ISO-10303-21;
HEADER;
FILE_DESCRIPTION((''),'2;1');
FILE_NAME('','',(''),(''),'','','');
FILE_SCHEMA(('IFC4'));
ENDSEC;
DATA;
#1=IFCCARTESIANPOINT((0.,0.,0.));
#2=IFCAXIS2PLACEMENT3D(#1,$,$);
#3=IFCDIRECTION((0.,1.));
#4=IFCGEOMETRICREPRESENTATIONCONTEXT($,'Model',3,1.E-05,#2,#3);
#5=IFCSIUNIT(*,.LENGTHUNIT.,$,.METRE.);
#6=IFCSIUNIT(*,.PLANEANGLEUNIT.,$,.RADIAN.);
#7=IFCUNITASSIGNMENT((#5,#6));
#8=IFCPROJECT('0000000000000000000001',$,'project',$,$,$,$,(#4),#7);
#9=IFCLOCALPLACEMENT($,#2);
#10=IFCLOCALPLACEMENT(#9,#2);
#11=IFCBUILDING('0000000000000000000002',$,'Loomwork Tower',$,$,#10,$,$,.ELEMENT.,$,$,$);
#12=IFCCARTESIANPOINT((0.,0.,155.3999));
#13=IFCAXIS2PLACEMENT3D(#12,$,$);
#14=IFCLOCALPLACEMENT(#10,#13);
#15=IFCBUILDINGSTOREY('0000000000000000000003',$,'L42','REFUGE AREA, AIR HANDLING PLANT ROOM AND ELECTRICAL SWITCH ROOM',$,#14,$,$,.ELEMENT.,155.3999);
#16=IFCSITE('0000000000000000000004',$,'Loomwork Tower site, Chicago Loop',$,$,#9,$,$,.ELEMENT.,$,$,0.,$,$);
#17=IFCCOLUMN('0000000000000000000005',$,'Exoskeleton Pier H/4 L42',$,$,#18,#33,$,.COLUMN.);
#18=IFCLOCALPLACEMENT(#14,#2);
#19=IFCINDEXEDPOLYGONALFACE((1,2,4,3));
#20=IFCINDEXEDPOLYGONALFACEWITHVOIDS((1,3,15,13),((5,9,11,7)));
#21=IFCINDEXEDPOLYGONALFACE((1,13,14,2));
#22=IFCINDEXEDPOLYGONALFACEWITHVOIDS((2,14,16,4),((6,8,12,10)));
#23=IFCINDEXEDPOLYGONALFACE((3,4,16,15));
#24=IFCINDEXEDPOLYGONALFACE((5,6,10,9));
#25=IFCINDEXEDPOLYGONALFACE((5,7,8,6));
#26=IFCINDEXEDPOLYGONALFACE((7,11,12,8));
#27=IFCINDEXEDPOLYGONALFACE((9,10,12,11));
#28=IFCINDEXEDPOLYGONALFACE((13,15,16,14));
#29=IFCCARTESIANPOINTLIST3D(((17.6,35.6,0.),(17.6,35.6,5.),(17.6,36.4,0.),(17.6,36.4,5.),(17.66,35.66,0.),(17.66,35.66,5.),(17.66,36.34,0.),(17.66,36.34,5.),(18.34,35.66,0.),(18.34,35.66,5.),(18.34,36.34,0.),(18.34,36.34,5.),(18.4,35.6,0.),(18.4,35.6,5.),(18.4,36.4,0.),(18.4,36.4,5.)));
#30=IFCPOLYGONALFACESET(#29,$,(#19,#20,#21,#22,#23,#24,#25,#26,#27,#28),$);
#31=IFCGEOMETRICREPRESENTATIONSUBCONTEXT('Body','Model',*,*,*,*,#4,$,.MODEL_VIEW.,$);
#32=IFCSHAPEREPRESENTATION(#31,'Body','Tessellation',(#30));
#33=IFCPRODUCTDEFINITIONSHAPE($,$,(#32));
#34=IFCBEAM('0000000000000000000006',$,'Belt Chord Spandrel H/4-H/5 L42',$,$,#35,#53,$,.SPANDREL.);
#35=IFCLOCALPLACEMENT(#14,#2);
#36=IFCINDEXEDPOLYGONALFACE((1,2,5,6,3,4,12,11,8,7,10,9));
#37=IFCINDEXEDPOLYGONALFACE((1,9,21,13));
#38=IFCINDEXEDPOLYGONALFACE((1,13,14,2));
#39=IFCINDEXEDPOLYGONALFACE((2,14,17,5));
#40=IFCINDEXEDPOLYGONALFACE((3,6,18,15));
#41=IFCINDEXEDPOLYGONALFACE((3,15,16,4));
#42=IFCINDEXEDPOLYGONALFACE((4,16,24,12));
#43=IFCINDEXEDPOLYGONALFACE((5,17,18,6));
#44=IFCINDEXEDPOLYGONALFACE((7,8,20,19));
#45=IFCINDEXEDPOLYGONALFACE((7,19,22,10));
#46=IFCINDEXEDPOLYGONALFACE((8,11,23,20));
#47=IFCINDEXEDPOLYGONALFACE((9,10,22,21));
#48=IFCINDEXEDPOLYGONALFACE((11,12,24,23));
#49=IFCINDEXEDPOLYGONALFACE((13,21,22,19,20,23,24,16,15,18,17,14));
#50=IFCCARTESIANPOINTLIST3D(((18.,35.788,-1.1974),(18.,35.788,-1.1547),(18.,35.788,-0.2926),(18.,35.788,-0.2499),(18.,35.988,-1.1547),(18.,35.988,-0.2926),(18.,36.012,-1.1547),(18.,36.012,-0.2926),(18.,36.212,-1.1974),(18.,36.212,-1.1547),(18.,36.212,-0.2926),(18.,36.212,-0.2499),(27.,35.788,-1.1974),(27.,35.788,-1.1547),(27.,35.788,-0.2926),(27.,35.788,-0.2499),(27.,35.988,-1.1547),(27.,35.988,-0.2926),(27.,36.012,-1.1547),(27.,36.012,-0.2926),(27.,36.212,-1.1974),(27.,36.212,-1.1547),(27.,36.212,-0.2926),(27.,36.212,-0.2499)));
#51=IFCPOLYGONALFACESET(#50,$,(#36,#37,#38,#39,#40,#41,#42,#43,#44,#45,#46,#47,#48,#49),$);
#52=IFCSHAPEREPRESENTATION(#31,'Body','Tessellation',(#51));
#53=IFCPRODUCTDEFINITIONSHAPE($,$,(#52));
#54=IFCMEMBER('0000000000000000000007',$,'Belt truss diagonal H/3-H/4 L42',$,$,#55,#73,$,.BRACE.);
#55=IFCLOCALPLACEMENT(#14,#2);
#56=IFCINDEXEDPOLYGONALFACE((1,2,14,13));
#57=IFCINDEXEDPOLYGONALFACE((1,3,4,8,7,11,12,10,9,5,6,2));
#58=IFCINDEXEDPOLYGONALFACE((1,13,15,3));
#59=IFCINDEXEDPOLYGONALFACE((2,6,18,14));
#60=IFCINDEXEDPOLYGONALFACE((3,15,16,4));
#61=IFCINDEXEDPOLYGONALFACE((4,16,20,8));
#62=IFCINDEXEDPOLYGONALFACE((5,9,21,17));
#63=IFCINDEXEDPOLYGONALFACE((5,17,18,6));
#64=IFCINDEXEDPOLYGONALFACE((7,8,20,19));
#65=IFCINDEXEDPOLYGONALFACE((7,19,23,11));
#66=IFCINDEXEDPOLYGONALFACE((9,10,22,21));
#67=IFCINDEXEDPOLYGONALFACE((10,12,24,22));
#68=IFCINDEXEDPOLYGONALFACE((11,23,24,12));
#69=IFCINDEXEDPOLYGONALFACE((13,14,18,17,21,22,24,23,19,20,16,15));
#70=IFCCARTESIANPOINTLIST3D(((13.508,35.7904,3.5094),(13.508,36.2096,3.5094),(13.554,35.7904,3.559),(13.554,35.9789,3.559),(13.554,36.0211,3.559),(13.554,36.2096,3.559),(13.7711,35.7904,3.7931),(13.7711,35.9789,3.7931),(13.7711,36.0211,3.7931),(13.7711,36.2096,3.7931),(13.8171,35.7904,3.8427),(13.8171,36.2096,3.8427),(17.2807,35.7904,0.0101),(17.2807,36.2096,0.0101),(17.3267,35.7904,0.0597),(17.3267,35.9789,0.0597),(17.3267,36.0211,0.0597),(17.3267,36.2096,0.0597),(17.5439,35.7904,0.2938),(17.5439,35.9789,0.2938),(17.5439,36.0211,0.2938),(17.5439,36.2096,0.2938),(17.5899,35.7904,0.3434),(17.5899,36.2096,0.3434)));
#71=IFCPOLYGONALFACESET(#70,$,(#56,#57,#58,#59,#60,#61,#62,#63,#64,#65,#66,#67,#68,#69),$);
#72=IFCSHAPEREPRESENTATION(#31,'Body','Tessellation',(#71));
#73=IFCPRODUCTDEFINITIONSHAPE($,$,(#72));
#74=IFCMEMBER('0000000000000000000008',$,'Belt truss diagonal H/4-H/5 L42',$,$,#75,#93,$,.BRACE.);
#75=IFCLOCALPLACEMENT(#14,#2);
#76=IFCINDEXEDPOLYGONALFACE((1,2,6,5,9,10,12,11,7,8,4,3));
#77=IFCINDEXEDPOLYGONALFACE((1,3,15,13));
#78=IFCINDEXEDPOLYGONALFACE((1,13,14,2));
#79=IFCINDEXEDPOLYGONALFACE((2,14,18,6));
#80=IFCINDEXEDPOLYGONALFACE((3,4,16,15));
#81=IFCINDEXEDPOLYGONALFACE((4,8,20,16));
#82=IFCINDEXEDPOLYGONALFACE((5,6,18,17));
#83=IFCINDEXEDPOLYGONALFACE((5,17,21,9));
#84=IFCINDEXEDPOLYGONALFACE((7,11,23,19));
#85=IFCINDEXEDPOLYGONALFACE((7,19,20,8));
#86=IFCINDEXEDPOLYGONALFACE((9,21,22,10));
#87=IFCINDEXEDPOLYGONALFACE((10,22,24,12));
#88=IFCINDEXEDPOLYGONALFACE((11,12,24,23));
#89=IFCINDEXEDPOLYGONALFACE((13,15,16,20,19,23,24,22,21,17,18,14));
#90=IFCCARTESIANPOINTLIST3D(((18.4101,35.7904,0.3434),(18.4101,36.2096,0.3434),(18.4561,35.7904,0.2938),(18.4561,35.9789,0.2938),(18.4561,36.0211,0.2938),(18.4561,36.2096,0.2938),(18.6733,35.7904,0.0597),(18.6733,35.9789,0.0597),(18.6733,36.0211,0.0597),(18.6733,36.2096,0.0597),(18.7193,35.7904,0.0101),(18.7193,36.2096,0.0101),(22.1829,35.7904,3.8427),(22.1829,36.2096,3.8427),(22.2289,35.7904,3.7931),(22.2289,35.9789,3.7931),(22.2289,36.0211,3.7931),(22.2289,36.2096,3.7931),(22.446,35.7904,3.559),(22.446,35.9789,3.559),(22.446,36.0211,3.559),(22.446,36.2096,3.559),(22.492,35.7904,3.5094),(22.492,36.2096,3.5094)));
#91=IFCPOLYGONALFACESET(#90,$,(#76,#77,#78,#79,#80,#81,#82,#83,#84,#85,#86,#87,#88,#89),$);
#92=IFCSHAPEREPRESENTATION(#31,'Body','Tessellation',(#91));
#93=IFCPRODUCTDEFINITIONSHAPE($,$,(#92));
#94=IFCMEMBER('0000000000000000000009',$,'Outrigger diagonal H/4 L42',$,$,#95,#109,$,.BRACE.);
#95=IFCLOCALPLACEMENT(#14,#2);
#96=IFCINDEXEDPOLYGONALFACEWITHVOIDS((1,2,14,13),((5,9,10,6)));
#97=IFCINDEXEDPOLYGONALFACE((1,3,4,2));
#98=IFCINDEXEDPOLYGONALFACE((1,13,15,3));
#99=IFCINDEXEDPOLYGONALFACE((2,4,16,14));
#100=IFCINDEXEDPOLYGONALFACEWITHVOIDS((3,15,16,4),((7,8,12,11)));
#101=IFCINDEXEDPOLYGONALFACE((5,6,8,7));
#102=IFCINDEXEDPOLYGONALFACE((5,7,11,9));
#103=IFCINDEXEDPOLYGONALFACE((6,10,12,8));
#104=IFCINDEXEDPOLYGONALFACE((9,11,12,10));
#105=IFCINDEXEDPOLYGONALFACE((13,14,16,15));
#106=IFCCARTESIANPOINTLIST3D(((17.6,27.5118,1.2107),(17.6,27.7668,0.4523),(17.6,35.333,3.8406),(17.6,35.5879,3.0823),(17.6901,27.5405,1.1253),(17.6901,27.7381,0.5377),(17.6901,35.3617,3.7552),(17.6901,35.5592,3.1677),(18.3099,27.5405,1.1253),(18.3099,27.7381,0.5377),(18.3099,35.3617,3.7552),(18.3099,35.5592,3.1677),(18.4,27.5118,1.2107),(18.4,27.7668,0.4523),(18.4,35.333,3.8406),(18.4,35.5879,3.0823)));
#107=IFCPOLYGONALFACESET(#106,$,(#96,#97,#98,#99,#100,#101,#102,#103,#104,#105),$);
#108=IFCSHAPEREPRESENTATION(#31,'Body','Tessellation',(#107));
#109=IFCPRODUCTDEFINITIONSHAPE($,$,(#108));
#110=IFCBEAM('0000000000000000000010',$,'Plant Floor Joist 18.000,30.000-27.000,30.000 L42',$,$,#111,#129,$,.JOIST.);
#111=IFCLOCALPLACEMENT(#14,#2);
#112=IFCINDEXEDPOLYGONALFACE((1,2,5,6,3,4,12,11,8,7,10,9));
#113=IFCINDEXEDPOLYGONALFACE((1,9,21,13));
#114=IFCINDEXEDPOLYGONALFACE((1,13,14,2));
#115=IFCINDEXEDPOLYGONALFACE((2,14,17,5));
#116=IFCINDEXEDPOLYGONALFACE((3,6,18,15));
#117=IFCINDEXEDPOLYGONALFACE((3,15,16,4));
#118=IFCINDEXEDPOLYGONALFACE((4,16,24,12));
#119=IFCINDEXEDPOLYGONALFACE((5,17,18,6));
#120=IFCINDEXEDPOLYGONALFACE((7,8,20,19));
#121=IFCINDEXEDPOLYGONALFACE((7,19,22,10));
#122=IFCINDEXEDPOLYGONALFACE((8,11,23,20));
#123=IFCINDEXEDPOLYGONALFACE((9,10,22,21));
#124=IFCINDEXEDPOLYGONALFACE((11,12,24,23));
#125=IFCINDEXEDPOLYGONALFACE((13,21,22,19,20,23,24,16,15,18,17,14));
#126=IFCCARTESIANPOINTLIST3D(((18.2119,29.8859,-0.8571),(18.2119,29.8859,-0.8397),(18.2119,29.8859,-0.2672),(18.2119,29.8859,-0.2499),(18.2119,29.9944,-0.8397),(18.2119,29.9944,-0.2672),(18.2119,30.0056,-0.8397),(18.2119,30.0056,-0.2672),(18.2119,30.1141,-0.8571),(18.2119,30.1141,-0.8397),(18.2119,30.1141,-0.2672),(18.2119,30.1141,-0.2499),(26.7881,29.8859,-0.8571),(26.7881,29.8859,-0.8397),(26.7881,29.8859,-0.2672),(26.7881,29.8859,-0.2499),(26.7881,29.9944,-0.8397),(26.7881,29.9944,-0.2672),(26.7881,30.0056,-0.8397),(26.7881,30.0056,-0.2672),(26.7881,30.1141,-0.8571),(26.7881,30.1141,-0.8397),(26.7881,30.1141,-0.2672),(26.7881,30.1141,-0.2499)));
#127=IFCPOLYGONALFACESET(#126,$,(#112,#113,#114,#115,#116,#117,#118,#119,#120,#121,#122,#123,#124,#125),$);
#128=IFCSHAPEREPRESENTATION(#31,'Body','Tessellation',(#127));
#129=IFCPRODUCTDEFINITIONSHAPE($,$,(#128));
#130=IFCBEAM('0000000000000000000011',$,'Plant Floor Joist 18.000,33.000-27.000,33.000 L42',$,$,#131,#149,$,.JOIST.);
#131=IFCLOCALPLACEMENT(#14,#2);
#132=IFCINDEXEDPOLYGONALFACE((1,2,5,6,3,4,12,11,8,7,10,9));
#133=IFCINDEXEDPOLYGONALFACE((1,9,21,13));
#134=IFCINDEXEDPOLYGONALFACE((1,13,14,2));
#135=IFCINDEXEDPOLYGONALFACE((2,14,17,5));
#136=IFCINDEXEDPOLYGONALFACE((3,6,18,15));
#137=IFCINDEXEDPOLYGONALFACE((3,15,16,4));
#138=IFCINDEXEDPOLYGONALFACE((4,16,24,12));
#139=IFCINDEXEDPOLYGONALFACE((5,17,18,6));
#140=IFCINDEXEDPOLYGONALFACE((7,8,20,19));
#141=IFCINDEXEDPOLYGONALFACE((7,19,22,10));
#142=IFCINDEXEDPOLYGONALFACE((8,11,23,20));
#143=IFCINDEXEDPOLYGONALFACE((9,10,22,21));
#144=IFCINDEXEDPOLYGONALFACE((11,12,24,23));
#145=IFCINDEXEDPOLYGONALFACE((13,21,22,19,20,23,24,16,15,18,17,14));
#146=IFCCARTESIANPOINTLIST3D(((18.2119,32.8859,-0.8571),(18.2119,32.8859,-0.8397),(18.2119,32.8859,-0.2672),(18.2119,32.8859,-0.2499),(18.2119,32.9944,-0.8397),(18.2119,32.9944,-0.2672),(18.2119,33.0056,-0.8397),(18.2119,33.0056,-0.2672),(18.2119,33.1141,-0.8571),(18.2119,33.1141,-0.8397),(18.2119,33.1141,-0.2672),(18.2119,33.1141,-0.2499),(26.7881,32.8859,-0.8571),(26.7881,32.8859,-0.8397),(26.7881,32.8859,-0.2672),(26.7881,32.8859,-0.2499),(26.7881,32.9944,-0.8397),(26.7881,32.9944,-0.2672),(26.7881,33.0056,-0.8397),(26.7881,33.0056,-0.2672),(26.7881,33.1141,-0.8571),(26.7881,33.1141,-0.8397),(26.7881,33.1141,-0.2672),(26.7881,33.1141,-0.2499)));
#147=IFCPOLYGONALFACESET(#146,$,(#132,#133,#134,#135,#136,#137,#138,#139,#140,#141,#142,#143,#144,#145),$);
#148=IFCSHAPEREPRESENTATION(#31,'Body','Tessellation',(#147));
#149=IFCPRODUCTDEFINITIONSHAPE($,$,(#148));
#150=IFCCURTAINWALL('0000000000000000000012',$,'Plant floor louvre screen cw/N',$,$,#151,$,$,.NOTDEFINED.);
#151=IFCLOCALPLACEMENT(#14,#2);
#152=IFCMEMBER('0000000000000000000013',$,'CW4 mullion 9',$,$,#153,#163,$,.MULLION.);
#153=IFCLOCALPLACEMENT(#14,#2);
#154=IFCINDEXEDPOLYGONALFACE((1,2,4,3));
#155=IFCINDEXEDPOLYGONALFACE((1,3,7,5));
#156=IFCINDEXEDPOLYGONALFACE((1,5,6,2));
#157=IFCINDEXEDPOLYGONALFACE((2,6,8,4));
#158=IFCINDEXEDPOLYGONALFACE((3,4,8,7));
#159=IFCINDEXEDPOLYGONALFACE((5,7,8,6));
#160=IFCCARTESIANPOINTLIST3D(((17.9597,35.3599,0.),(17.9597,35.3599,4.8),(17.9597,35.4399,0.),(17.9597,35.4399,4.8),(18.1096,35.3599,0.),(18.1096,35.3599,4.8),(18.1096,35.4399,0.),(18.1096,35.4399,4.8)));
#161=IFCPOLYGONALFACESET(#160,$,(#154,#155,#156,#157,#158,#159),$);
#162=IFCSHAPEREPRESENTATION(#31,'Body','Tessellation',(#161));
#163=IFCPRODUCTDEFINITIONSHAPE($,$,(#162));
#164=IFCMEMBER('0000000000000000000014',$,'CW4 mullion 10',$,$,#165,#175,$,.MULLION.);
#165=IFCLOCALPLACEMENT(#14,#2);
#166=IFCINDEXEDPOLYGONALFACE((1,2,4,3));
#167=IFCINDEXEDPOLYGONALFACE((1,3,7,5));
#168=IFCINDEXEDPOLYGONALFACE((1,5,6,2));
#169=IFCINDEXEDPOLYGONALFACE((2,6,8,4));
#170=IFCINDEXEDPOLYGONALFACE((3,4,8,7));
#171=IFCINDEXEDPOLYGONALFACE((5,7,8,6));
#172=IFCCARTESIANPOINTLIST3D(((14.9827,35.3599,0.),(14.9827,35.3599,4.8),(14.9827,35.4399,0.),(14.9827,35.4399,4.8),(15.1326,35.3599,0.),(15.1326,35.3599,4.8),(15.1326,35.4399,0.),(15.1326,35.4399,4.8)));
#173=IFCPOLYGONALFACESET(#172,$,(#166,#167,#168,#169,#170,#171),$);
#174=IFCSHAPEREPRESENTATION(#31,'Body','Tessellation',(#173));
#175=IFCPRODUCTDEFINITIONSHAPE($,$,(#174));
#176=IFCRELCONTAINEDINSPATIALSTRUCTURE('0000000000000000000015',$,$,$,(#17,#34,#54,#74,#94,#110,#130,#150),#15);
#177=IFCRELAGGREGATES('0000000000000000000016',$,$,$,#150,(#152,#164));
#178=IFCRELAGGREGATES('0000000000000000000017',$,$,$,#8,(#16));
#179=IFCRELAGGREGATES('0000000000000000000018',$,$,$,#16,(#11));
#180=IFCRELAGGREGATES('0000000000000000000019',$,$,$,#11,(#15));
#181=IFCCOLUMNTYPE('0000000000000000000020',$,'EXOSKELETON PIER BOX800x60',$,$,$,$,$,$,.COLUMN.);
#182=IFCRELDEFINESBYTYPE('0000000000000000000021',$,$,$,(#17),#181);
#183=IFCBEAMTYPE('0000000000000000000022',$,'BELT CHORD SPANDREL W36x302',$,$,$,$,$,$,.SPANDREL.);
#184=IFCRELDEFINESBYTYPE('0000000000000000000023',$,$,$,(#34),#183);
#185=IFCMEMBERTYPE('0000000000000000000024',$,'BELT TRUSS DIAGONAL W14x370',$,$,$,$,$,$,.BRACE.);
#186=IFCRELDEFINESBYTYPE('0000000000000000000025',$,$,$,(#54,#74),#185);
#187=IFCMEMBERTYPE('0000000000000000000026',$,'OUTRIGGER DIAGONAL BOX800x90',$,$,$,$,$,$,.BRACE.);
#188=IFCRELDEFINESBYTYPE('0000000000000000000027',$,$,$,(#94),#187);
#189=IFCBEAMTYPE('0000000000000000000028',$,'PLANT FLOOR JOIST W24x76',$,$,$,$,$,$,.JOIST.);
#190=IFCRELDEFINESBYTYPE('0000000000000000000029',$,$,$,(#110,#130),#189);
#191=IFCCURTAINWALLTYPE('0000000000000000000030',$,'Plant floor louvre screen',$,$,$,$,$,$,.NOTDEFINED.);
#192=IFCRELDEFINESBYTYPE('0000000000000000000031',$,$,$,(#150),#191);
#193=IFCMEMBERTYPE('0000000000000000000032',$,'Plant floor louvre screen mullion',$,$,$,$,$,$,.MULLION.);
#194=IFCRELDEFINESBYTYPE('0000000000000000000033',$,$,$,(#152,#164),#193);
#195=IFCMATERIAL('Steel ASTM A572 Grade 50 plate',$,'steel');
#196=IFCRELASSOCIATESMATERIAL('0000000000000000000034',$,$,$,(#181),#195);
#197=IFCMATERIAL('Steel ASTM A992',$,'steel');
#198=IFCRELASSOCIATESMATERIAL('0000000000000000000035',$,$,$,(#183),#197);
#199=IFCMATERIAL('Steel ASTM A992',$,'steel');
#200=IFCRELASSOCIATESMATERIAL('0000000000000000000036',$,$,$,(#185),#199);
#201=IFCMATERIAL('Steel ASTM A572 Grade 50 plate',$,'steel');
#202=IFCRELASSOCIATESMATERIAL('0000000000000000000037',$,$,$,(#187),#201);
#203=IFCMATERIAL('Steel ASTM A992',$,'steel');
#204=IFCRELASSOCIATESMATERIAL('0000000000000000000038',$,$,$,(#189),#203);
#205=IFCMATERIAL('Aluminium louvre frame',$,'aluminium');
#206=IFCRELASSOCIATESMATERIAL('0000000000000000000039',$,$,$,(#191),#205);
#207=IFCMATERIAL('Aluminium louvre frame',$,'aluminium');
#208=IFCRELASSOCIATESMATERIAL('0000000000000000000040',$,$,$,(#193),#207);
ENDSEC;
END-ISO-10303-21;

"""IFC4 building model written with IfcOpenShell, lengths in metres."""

from ifc_helpers import new_model, si_unit, direction, frame, origin, origin_2d, place, context, subcontext, project, spatial, rectangle, hollow_rectangle, i_section, extrude, material, material_profile, profile_set, type_object, element, aggregate, save


model = new_model("IFC4")

# Units and contexts
model_context = context("Model", 3, precision=1e-05, world=origin(), true_north=direction((0.0, 1.0)))
body_context = subcontext(model_context, "Body", "Model", "MODEL_VIEW")
ifc_project = project(units=[si_unit("LENGTHUNIT", "METRE"), si_unit("PLANEANGLEUNIT", "RADIAN")], contexts=[model_context])

# Site, building, storey
site_placement = place(None, origin())
site = spatial("IfcSite", under=ifc_project, at=site_placement, Name="Loomwork Tower site, Chicago Loop", CompositionType="ELEMENT", RefElevation=0.0)
building_placement = place(site_placement, origin())
building = spatial("IfcBuilding", under=site, at=building_placement, Name="Loomwork Tower", CompositionType="ELEMENT")
storey_placement = place(building_placement, frame((0.0, 0.0, 155.3999)))
storey = spatial("IfcBuildingStorey", under=building, at=storey_placement, Name="L42", Description="REFUGE AREA, AIR HANDLING PLANT ROOM AND ELECTRICAL SWITCH ROOM", CompositionType="ELEMENT", Elevation=155.3999)

# Column
ifc_material_1 = material(Name="Steel ASTM A572 Grade 50 plate", Category="steel")
ifc_material_profile_1 = material_profile(ifc_material_1, hollow_rectangle(XDim=0.8, YDim=0.8, WallThickness=0.0601, at=origin_2d()), Name="BOX800x60")
ifc_profile_set_1 = profile_set([ifc_material_profile_1], Name="Steel ASTM A572 Grade 50 plate")
column_type = type_object("IfcColumnType", Name="EXOSKELETON PIER BOX800x60", PredefinedType="COLUMN", material=ifc_profile_set_1)
column_placement = place(storey_placement, frame((18.0, 36.0, 0.0), z_axis=(0.0, 0.0, 1.0), x_axis=(1.0, 0.0, 0.0)))
element("IfcColumn", 1, at=column_placement, inside=storey, type_object=column_type, Name="Exoskeleton Pier H/4 L42", PredefinedType="COLUMN", context=body_context, shape_type="SweptSolid", body=[
    extrude(hollow_rectangle(XDim=0.8, YDim=0.8, WallThickness=0.0601, at=origin_2d()), origin(), (0.0, 0.0, 1.0), 5.0),
])

# Beam
ifc_material_2 = material(Name="Steel ASTM A992", Category="steel")
ifc_material_profile_2 = material_profile(ifc_material_2, i_section(OverallWidth=0.4241, OverallDepth=0.9475, WebThickness=0.0239, FlangeThickness=0.0427, at=origin_2d()), Name="W36x302")
ifc_profile_set_2 = profile_set([ifc_material_profile_2], Name="Steel ASTM A992")
beam_type_1 = type_object("IfcBeamType", Name="BELT CHORD SPANDREL W36x302", PredefinedType="SPANDREL", material=ifc_profile_set_2)
beam_placement = place(storey_placement, frame((18.0, 36.0, -0.7236), z_axis=(1.0, 0.0, 0.0), x_axis=(0.0, 1.0, 0.0)))
element("IfcBeam", 2, at=beam_placement, inside=storey, type_object=beam_type_1, Name="Belt Chord Spandrel H/4-H/5 L42", PredefinedType="SPANDREL", context=body_context, shape_type="SweptSolid", body=[
    extrude(i_section(OverallWidth=0.4241, OverallDepth=0.9475, WebThickness=0.0239, FlangeThickness=0.0427, at=origin_2d()), origin(), (0.0, 0.0, 1.0), 9.0),
])

# Members
ifc_material_3 = material(Name="Steel ASTM A992", Category="steel")
ifc_material_profile_3 = material_profile(ifc_material_3, i_section(OverallWidth=0.4192, OverallDepth=0.4546, WebThickness=0.0422, FlangeThickness=0.0676, at=origin_2d()), Name="W14x370")
ifc_profile_set_3 = profile_set([ifc_material_profile_3], Name="Steel ASTM A992")
member_type_1 = type_object("IfcMemberType", Name="BELT TRUSS DIAGONAL W14x370", PredefinedType="BRACE", material=ifc_profile_set_3)
for number, where, z_axis, x_axis, name in (
    (3, (17.4353, 36.0, 0.1768), (-0.733177, 0.0, 0.680038), (0.0, -1.0, 0.0), "Belt truss diagonal H/3-H/4 L42"),
    (4, (18.5647, 36.0, 0.1768), (0.733177, 0.0, 0.680038), (0.0, 1.0, 0.0), "Belt truss diagonal H/4-H/5 L42"),
):
    element("IfcMember", number, at=place(storey_placement, frame(where, z_axis=z_axis, x_axis=x_axis)), inside=storey, type_object=member_type_1, Name=name, PredefinedType="BRACE", context=body_context, shape_type="SweptSolid", body=[
        extrude(i_section(OverallWidth=0.4192, OverallDepth=0.4546, WebThickness=0.0422, FlangeThickness=0.0676, at=origin_2d()), origin(), (0.0, 0.0, 1.0), 5.1458),
    ])
ifc_material_4 = material(Name="Steel ASTM A572 Grade 50 plate", Category="steel")
ifc_material_profile_4 = material_profile(ifc_material_4, hollow_rectangle(XDim=0.8, YDim=0.8, WallThickness=0.0901, at=origin_2d()), Name="BOX800x90")
ifc_profile_set_4 = profile_set([ifc_material_profile_4], Name="Steel ASTM A572 Grade 50 plate")
member_type_2 = type_object("IfcMemberType", Name="OUTRIGGER DIAGONAL BOX800x90", PredefinedType="BRACE", material=ifc_profile_set_4)
member_1_placement = place(storey_placement, frame((18.0, 35.4604, 3.4614), z_axis=(0.0, -0.947849, -0.318721), x_axis=(1.0, 0.0, 0.0)))
element("IfcMember", 5, at=member_1_placement, inside=storey, type_object=member_type_2, Name="Outrigger diagonal H/4 L42", PredefinedType="BRACE", context=body_context, shape_type="SweptSolid", body=[
    extrude(hollow_rectangle(XDim=0.8, YDim=0.8, WallThickness=0.0901, at=origin_2d()), origin(), (0.0, 0.0, 1.0), 8.2515),
])

# Beams
ifc_material_5 = material(Name="Steel ASTM A992", Category="steel")
ifc_material_profile_5 = material_profile(ifc_material_5, i_section(OverallWidth=0.2283, OverallDepth=0.6072, WebThickness=0.0112, FlangeThickness=0.0173, at=origin_2d()), Name="W24x76")
ifc_profile_set_5 = profile_set([ifc_material_profile_5], Name="Steel ASTM A992")
beam_type_2 = type_object("IfcBeamType", Name="PLANT FLOOR JOIST W24x76", PredefinedType="JOIST", material=ifc_profile_set_5)
for number, where, z_axis, x_axis, name in (
    (6, (18.2119, 30.0, -0.5535), (1.0, 0.0, 0.0), (0.0, 1.0, 0.0), "Plant Floor Joist 18.000,30.000-27.000,30.000 L42"),
    (7, (18.2119, 33.0, -0.5535), (1.0, 0.0, 0.0), (0.0, 1.0, 0.0), "Plant Floor Joist 18.000,33.000-27.000,33.000 L42"),
):
    element("IfcBeam", number, at=place(storey_placement, frame(where, z_axis=z_axis, x_axis=x_axis)), inside=storey, type_object=beam_type_2, Name=name, PredefinedType="JOIST", context=body_context, shape_type="SweptSolid", body=[
        extrude(i_section(OverallWidth=0.2283, OverallDepth=0.6072, WebThickness=0.0112, FlangeThickness=0.0173, at=origin_2d()), origin(), (0.0, 0.0, 1.0), 8.5762),
    ])

# Curtain wall, members
ifc_material_6 = material(Name="Aluminium louvre frame", Category="aluminium")
curtain_wall_type = type_object("IfcCurtainWallType", Name="Plant floor louvre screen", PredefinedType="NOTDEFINED", material=ifc_material_6)
curtain_wall_placement = place(storey_placement, origin())
curtain_wall = element("IfcCurtainWall", 8, at=curtain_wall_placement, inside=storey, type_object=curtain_wall_type, Name="Plant floor louvre screen cw/N", PredefinedType="NOTDEFINED")
ifc_material_7 = material(Name="Aluminium louvre frame", Category="aluminium")
ifc_material_profile_6 = material_profile(ifc_material_7, rectangle(XDim=0.0801, YDim=0.1499, at=origin_2d()), Name="AL 80x150")
ifc_profile_set_6 = profile_set([ifc_material_profile_6], Name="Aluminium louvre frame")
member_type_3 = type_object("IfcMemberType", Name="Plant floor louvre screen mullion", PredefinedType="MULLION", material=ifc_profile_set_6)
member_2_placement = place(storey_placement, frame((18.0347, 35.3999, 0.0), z_axis=(0.0, 0.0, 1.0), x_axis=(0.0, -1.0, 0.0)))
member_2 = element("IfcMember", 9, at=member_2_placement, type_object=member_type_3, Name="CW4 mullion 9", PredefinedType="MULLION", context=body_context, shape_type="SweptSolid", body=[
    extrude(rectangle(XDim=0.0801, YDim=0.1499, at=origin_2d()), origin(), (0.0, 0.0, 1.0), 4.8),
])
member_3_placement = place(storey_placement, frame((15.0576, 35.3999, 0.0), z_axis=(0.0, 0.0, 1.0), x_axis=(0.0, -1.0, 0.0)))
member_3 = element("IfcMember", 10, at=member_3_placement, type_object=member_type_3, Name="CW4 mullion 10", PredefinedType="MULLION", context=body_context, shape_type="SweptSolid", body=[
    extrude(rectangle(XDim=0.0801, YDim=0.1499, at=origin_2d()), origin(), (0.0, 0.0, 1.0), 4.8),
])

aggregate(curtain_wall, [member_2, member_3])

save(model, "model.ifc")
